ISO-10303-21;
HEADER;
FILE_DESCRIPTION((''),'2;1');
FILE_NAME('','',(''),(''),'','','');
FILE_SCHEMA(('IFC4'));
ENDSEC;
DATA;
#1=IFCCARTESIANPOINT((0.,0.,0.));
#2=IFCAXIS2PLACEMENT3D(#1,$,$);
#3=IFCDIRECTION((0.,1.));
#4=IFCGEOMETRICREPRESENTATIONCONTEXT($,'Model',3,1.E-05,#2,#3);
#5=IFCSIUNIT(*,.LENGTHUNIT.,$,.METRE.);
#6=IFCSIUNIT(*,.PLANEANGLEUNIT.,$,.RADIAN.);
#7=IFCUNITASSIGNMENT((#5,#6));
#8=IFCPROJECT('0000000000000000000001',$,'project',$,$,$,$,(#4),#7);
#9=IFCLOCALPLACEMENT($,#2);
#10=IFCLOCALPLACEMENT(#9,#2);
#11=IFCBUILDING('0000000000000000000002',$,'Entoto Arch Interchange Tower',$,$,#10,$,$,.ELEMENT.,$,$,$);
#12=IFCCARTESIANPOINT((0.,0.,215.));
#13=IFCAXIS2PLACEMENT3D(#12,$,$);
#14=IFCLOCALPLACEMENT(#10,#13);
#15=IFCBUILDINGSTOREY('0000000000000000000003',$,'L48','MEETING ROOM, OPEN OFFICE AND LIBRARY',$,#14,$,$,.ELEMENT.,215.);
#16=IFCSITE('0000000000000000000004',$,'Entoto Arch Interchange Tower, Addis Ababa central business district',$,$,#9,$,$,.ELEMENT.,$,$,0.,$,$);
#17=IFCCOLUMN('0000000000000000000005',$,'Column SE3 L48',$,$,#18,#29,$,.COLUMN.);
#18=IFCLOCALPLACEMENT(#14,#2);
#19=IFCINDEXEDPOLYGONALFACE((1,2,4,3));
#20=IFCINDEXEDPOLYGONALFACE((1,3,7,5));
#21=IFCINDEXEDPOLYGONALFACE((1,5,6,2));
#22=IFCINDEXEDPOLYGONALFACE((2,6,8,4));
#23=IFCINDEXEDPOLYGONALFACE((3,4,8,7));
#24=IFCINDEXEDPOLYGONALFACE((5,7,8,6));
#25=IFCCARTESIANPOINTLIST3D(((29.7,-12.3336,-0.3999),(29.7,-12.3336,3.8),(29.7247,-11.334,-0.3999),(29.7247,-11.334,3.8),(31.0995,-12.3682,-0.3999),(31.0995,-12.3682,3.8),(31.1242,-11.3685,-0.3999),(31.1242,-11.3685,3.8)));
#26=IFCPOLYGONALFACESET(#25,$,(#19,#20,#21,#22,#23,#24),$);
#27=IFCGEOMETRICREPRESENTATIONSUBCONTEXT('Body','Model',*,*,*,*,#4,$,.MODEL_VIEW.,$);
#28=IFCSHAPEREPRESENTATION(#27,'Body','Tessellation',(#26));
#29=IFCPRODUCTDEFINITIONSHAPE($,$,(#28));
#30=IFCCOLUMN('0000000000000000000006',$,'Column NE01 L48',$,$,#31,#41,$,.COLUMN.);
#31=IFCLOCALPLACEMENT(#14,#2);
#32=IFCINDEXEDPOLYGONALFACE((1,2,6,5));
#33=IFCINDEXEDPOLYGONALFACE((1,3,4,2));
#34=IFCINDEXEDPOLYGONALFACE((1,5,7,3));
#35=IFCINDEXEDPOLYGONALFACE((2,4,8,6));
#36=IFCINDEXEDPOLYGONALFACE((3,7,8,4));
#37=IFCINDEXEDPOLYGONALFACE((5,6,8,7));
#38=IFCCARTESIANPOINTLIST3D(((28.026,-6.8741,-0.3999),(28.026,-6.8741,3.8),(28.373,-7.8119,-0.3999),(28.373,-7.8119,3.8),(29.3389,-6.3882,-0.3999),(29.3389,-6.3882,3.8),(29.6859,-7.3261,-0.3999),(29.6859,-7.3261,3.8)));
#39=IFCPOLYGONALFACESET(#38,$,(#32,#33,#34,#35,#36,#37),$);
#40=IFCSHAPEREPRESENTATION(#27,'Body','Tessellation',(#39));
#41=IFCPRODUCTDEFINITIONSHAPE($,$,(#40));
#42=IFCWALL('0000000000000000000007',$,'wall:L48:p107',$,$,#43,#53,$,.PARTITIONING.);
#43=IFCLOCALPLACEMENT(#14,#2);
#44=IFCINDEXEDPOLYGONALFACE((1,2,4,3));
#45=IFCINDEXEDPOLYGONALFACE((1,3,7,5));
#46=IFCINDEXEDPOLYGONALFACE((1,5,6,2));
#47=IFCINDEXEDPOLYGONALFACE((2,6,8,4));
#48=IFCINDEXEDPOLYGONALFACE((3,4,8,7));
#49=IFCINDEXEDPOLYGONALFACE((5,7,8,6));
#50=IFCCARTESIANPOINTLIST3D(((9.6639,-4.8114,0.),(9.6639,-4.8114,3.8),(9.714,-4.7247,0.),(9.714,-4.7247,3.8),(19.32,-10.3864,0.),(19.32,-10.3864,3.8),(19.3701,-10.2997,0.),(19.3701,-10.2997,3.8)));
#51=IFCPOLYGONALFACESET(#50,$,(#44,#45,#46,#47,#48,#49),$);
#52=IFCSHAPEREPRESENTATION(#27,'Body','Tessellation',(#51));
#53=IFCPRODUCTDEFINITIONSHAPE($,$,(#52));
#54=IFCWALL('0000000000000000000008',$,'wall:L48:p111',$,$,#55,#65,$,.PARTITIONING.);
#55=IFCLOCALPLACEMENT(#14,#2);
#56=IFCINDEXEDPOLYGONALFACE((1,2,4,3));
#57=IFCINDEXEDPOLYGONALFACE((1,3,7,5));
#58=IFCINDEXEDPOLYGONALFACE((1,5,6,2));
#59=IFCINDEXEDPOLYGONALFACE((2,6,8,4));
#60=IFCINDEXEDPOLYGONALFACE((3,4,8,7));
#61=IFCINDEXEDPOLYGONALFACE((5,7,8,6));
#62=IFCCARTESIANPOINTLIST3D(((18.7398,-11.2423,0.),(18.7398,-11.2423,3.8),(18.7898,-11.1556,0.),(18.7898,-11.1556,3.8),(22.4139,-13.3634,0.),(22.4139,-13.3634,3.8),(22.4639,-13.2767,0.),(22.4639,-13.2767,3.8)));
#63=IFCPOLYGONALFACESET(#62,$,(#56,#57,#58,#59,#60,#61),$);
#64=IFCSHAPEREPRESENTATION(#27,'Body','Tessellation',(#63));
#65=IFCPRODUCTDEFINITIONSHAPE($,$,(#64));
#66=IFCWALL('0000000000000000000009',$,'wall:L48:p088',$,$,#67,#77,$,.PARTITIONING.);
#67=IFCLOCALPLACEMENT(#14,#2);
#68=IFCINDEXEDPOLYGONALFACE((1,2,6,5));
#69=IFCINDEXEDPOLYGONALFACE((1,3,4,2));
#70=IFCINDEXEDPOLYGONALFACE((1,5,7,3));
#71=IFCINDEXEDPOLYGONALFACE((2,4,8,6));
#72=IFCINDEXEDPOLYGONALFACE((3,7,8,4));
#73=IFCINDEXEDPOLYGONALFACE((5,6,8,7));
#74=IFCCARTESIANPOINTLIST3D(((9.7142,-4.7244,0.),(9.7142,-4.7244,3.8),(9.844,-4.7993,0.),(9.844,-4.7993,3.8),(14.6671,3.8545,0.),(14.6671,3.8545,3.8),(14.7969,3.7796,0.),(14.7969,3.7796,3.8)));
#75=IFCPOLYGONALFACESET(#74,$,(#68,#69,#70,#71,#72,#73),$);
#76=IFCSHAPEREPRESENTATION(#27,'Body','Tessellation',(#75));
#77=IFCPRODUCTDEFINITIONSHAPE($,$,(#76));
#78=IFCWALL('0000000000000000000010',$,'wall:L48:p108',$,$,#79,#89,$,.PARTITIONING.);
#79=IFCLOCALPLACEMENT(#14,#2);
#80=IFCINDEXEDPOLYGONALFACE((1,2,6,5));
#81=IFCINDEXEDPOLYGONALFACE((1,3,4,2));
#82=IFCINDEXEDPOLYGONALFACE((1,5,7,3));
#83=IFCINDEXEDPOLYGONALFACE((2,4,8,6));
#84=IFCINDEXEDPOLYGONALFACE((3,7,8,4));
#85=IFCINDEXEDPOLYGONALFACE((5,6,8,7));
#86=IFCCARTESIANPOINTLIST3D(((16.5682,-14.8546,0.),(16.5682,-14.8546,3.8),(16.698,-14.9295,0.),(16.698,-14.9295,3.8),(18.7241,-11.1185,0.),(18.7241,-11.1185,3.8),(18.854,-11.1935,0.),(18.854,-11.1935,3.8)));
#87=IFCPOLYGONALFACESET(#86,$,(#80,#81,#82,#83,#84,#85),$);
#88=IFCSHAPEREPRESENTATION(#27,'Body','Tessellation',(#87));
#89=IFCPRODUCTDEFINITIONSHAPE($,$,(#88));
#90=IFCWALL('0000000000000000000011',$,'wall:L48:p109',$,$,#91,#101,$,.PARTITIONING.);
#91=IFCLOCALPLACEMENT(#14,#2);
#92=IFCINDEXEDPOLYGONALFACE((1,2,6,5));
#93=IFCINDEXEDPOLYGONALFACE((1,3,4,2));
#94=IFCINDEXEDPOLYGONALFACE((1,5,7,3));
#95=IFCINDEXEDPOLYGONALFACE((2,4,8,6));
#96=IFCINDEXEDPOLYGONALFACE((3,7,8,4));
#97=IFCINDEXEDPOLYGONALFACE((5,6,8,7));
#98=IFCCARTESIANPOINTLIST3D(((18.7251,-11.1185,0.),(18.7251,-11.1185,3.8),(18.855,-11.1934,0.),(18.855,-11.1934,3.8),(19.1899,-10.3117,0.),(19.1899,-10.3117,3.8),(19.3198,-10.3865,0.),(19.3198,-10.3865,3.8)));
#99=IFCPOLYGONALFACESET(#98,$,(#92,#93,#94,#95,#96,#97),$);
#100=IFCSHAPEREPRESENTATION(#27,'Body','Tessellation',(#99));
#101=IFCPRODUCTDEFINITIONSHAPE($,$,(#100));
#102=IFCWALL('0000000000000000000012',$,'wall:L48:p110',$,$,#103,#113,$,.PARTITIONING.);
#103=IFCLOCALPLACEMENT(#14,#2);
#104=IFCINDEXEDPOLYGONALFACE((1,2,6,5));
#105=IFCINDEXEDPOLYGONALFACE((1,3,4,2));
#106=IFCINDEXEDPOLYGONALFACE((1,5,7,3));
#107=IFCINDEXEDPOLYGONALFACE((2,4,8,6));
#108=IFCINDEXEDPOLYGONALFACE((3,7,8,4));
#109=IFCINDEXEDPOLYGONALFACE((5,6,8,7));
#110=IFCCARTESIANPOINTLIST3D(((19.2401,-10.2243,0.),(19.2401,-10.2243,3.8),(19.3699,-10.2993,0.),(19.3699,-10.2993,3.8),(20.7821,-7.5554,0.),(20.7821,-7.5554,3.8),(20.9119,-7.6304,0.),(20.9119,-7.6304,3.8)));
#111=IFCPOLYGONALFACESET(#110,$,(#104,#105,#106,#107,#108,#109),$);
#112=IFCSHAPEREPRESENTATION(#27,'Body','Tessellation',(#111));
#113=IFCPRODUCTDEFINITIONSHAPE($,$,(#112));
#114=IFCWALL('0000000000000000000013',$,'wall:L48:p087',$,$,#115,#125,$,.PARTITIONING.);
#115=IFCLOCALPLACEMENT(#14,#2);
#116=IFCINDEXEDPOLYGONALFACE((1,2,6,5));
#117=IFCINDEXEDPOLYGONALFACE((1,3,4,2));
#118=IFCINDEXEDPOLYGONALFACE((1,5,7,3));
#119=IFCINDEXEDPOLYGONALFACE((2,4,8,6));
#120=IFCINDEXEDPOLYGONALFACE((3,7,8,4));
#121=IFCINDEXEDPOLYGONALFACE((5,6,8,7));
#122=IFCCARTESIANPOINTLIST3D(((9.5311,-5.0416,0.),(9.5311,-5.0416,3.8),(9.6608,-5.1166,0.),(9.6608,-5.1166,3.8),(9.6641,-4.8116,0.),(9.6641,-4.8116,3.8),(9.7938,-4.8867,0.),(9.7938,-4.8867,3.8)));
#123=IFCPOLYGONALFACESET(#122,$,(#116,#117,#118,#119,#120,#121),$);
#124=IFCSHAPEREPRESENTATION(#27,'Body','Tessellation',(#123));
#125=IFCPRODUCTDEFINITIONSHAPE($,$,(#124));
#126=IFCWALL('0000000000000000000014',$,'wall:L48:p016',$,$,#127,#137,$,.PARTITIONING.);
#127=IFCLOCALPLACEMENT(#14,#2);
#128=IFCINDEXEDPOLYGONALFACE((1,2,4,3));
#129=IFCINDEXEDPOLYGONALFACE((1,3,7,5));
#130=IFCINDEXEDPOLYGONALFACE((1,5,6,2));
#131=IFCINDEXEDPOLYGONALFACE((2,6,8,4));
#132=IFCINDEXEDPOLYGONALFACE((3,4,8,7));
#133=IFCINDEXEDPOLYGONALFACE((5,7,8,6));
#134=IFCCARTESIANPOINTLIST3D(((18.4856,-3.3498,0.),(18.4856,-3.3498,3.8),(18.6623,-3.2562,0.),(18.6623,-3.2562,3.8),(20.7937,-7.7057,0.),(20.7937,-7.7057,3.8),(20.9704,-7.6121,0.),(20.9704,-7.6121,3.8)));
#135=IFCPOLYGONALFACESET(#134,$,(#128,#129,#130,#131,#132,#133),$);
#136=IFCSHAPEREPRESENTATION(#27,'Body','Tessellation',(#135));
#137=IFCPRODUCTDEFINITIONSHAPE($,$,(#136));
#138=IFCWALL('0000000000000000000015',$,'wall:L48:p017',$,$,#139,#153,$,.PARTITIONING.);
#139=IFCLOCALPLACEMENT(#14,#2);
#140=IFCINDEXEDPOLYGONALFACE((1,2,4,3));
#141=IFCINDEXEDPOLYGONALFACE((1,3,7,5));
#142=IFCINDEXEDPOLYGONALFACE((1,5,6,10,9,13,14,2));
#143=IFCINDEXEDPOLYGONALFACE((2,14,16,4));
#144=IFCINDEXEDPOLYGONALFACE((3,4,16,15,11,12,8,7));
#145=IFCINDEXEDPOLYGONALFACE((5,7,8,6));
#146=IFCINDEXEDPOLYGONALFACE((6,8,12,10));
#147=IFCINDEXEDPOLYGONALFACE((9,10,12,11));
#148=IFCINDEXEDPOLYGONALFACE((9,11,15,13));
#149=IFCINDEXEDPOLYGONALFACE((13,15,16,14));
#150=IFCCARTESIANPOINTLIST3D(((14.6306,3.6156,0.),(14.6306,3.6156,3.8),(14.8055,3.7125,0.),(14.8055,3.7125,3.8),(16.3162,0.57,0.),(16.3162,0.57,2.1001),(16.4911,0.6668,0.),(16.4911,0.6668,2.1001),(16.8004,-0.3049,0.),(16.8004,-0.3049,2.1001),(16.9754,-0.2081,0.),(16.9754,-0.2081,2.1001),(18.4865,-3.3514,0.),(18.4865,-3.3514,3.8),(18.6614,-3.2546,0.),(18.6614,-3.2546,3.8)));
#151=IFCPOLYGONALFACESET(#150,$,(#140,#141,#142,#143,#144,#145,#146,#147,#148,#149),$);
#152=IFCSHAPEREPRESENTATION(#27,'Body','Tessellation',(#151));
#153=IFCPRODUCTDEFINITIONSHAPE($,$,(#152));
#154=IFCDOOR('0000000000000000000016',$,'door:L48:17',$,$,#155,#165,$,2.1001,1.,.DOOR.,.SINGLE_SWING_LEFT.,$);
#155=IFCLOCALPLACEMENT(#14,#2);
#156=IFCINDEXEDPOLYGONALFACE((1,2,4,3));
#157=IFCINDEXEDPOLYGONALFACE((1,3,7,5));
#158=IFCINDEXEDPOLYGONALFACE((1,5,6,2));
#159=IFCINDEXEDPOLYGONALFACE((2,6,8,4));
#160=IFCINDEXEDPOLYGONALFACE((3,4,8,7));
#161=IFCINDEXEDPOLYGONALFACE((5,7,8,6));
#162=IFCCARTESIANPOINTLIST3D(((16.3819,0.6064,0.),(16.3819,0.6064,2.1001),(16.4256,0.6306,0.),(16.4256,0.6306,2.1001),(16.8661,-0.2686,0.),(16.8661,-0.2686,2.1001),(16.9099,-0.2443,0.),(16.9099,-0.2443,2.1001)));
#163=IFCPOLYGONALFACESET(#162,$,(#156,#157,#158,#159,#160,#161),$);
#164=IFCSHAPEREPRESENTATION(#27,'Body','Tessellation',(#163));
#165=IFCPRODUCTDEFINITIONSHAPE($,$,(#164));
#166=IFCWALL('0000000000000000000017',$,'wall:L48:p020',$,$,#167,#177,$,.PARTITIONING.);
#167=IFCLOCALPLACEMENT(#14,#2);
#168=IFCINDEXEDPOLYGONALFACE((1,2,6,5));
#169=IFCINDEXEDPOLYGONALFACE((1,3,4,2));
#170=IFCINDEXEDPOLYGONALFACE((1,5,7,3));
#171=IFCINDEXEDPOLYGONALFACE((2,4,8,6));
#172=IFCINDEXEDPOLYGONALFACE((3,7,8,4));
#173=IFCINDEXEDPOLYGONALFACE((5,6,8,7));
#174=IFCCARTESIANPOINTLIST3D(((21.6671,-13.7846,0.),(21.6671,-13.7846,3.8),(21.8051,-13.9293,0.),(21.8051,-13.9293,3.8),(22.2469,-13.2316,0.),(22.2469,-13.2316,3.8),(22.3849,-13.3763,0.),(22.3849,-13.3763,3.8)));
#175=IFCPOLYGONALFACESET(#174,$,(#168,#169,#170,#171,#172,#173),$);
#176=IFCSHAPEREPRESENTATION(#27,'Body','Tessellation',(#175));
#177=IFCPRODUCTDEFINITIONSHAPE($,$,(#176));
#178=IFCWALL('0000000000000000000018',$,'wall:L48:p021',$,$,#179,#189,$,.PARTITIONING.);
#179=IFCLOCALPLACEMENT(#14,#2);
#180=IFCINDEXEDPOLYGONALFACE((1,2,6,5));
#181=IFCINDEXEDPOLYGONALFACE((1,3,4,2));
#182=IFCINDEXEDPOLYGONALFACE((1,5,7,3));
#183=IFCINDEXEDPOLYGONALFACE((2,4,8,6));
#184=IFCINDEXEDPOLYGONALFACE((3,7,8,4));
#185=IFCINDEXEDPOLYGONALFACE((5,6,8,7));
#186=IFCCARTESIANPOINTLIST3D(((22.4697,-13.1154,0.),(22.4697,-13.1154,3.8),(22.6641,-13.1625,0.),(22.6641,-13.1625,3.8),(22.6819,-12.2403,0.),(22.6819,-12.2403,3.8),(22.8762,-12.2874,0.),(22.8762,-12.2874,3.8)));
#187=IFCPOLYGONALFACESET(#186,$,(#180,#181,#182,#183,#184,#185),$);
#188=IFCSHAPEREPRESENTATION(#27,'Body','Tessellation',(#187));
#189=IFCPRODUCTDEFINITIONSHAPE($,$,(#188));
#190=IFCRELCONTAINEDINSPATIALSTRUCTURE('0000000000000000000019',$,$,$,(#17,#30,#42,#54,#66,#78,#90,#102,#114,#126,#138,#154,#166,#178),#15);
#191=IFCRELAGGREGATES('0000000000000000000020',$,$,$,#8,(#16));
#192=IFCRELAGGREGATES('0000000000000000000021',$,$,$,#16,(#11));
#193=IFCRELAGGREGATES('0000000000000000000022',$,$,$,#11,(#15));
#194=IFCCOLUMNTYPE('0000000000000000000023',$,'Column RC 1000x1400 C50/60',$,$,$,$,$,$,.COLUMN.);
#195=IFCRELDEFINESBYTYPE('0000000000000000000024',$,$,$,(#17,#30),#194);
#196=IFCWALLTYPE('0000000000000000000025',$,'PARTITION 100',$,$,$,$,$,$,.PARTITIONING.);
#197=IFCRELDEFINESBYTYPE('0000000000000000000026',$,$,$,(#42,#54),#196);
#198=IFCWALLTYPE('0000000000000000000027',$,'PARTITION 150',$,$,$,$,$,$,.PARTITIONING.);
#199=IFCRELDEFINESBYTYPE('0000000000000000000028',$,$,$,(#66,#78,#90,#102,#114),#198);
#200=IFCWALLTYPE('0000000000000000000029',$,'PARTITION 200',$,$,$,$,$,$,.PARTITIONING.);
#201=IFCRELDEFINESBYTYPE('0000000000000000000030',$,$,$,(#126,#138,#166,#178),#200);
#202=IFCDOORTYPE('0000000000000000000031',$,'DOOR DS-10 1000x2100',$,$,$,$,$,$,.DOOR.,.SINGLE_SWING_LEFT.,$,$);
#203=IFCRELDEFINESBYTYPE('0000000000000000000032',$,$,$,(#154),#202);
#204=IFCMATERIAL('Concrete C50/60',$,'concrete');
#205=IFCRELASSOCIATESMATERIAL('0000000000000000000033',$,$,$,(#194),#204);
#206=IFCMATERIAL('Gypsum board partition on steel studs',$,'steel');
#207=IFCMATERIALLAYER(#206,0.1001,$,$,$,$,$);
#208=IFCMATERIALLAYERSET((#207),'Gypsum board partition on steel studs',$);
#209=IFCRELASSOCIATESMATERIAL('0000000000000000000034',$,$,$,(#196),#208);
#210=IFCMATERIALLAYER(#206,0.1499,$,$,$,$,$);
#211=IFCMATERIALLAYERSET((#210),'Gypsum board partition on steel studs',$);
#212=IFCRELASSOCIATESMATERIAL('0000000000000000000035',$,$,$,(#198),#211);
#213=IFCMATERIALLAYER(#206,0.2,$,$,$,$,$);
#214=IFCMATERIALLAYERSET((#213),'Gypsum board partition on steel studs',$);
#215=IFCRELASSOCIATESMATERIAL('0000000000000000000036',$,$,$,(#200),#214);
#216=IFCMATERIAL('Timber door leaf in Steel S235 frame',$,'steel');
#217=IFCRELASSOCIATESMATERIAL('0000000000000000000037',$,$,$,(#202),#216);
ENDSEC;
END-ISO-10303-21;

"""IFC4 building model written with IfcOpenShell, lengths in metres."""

from ifc_helpers import new_model, si_unit, direction, frame, frame_2d, origin, origin_2d, place, context, subcontext, project, spatial, rectangle, extrude, material, layer, layer_set, material_profile, profile_set, type_object, element, fill, save


model = new_model("IFC4")

# Units and contexts
model_context = context("Model", 3, precision=1e-05, world=origin(), true_north=direction((0.0, 1.0)))
body_context = subcontext(model_context, "Body", "Model", "MODEL_VIEW")
ifc_project = project(units=[si_unit("LENGTHUNIT", "METRE"), si_unit("PLANEANGLEUNIT", "RADIAN")], contexts=[model_context])

# Site, building, storey
site_placement = place(None, origin())
site = spatial("IfcSite", under=ifc_project, at=site_placement, Name="Entoto Arch Interchange Tower, Addis Ababa central business district", CompositionType="ELEMENT", RefElevation=0.0)
building_placement = place(site_placement, origin())
building = spatial("IfcBuilding", under=site, at=building_placement, Name="Entoto Arch Interchange Tower", CompositionType="ELEMENT")
storey_placement = place(building_placement, frame((0.0, 0.0, 215.0)))
storey = spatial("IfcBuildingStorey", under=building, at=storey_placement, Name="L48", Description="MEETING ROOM, OPEN OFFICE AND LIBRARY", CompositionType="ELEMENT", Elevation=215.0)

# Columns
ifc_material_1 = material(Name="Concrete C50/60", Category="concrete")
ifc_material_profile = material_profile(ifc_material_1, rectangle(XDim=1.0, YDim=1.3999, at=origin_2d()))
ifc_profile_set = profile_set([ifc_material_profile], Name="Concrete C50/60")
column_type = type_object("IfcColumnType", Name="Column RC 1000x1400 C50/60", PredefinedType="COLUMN", material=ifc_profile_set)
for number, where, z_axis, x_axis, name in (
    (1, (30.4121, -11.8511, -0.3999), (0.0, 0.0, 1.0), (0.024676, 0.999695, 0.0), "Column SE3 L48"),
    (2, (28.856, -7.1001, -0.3999), (0.0, 0.0, 1.0), (-0.347067, 0.93784, 0.0), "Column NE01 L48"),
):
    element("IfcColumn", number, at=place(storey_placement, frame(where, z_axis=z_axis, x_axis=x_axis)), inside=storey, type_object=column_type, Name=name, PredefinedType="COLUMN", context=body_context, shape_type="SweptSolid", body=[
        extrude(rectangle(XDim=1.0, YDim=1.3999, at=origin_2d()), origin(), (0.0, 0.0, 1.0), 4.2),
    ])

# Walls
ifc_material_2 = material(Name="Gypsum board partition on steel studs", Category="steel")
ifc_layer_1 = layer(ifc_material_2, 0.1001)
ifc_layer_set_1 = layer_set([ifc_layer_1], Name="Gypsum board partition on steel studs")
wall_type_1 = type_object("IfcWallType", Name="PARTITION 100", PredefinedType="PARTITIONING", material=ifc_layer_set_1)
wall_1_placement = place(storey_placement, frame((9.689, -4.7681, 0.0), z_axis=(0.0, 0.0, 1.0), x_axis=(0.866023, -0.500004, 0.0)))
element("IfcWall", 3, at=wall_1_placement, inside=storey, type_object=wall_type_1, Name="wall:L48:p107", PredefinedType="PARTITIONING", context=body_context, shape_type="SweptSolid", body=[
    extrude(rectangle(XDim=11.1499, YDim=0.1001, at=frame_2d((5.575, 0.0))), origin(), (0.0, 0.0, 1.0), 3.8),
])
wall_2_placement = place(storey_placement, frame((18.7649, -11.199, 0.0), z_axis=(0.0, 0.0, 1.0), x_axis=(0.866039, -0.499977, 0.0)))
element("IfcWall", 4, at=wall_2_placement, inside=storey, type_object=wall_type_1, Name="wall:L48:p111", PredefinedType="PARTITIONING", context=body_context, shape_type="SweptSolid", body=[
    extrude(rectangle(XDim=4.2424, YDim=0.1001, at=frame_2d((2.1211, 0.0))), origin(), (0.0, 0.0, 1.0), 3.8),
])
ifc_layer_2 = layer(ifc_material_2, 0.1499)
ifc_layer_set_2 = layer_set([ifc_layer_2], Name="Gypsum board partition on steel studs")
wall_type_2 = type_object("IfcWallType", Name="PARTITION 150", PredefinedType="PARTITIONING", material=ifc_layer_set_2)
wall_3_placement = place(storey_placement, frame((9.7791, -4.762, 0.0), z_axis=(0.0, 0.0, 1.0), x_axis=(0.499991, 0.866031, 0.0)))
element("IfcWall", 5, at=wall_3_placement, inside=storey, type_object=wall_type_2, Name="wall:L48:p088", PredefinedType="PARTITIONING", context=body_context, shape_type="SweptSolid", body=[
    extrude(rectangle(XDim=9.906, YDim=0.1499, at=frame_2d((4.9531, 0.0))), origin(), (0.0, 0.0, 1.0), 3.8),
])
wall_4_placement = place(storey_placement, frame((18.7891, -11.156, 0.0), z_axis=(0.0, 0.0, 1.0), x_axis=(-0.499822, -0.866128, 0.0)))
element("IfcWall", 6, at=wall_4_placement, inside=storey, type_object=wall_type_2, Name="wall:L48:p108", PredefinedType="PARTITIONING", context=body_context, shape_type="SweptSolid", body=[
    extrude(rectangle(XDim=4.3135, YDim=0.1499, at=frame_2d((2.1567, 0.0))), origin(), (0.0, 0.0, 1.0), 3.8),
])
wall_5_placement = place(storey_placement, frame((19.2549, -10.3491, 0.0), z_axis=(0.0, 0.0, 1.0), x_axis=(-0.499185, -0.866495, 0.0)))
element("IfcWall", 7, at=wall_5_placement, inside=storey, type_object=wall_type_2, Name="wall:L48:p109", PredefinedType="PARTITIONING", context=body_context, shape_type="SweptSolid", body=[
    extrude(rectangle(XDim=0.9312, YDim=0.1499, at=frame_2d((0.4656, 0.0))), origin(), (0.0, 0.0, 1.0), 3.8),
])
wall_6_placement = place(storey_placement, frame((20.8469, -7.593, 0.0), z_axis=(0.0, 0.0, 1.0), x_axis=(-0.500262, -0.865874, 0.0)))
element("IfcWall", 8, at=wall_6_placement, inside=storey, type_object=wall_type_2, Name="wall:L48:p110", PredefinedType="PARTITIONING", context=body_context, shape_type="SweptSolid", body=[
    extrude(rectangle(XDim=3.0823, YDim=0.1499, at=frame_2d((1.541, 0.0))), origin(), (0.0, 0.0, 1.0), 3.8),
])
wall_7_placement = place(storey_placement, frame((9.5959, -5.0791, 0.0), z_axis=(0.0, 0.0, 1.0), x_axis=(0.500783, 0.865573, 0.0)))
element("IfcWall", 9, at=wall_7_placement, inside=storey, type_object=wall_type_2, Name="wall:L48:p087", PredefinedType="PARTITIONING", context=body_context, shape_type="SweptSolid", body=[
    extrude(rectangle(XDim=0.2656, YDim=0.1499, at=frame_2d((0.1328, 0.0))), origin(), (0.0, 0.0, 1.0), 3.8),
])
ifc_layer_3 = layer(ifc_material_2, 0.2)
ifc_layer_set_3 = layer_set([ifc_layer_3], Name="Gypsum board partition on steel studs")
wall_type_3 = type_object("IfcWallType", Name="PARTITION 200", PredefinedType="PARTITIONING", material=ifc_layer_set_3)
wall_8_placement = place(storey_placement, frame((20.8821, -7.6589, 0.0), z_axis=(0.0, 0.0, 1.0), x_axis=(-0.468206, 0.883619, 0.0)))
element("IfcWall", 10, at=wall_8_placement, inside=storey, type_object=wall_type_3, Name="wall:L48:p016", PredefinedType="PARTITIONING", context=body_context, shape_type="SweptSolid", body=[
    extrude(rectangle(XDim=4.9297, YDim=0.2, at=frame_2d((2.4648, 0.0))), origin(), (0.0, 0.0, 1.0), 3.8),
])

# Wall, opening, door
wall_9_placement = place(storey_placement, frame((18.574, -3.303, 0.0), z_axis=(0.0, 0.0, 1.0), x_axis=(-0.484239, 0.874936, 0.0)))
wall_9 = element("IfcWall", 11, at=wall_9_placement, inside=storey, type_object=wall_type_3, Name="wall:L48:p017", PredefinedType="PARTITIONING", context=body_context, shape_type="SweptSolid", body=[
    extrude(rectangle(XDim=7.9629, YDim=0.2, at=frame_2d((3.9814, 0.0))), origin(), (0.0, 0.0, 1.0), 3.8),
])
opening_1_placement = place(wall_9_placement, frame((3.4819, 0.0, 0.0)))
opening_1 = element("IfcOpeningElement", 12, at=opening_1_placement, cuts=wall_9, PredefinedType="OPENING", context=body_context, shape_type="SweptSolid", body=[
    extrude(rectangle(XDim=1.0, YDim=2.1001, at=frame_2d((0.5, 1.05))), frame((0.0, 0.1099, 0.0), z_axis=(0.0, -1.0, 0.0), x_axis=(1.0, 0.0, 0.0)), (0.0, 0.0, 1.0), 0.22),
])
ifc_material_3 = material(Name="Timber door leaf in Steel S235 frame", Category="steel")
door_type = type_object("IfcDoorType", Name="DOOR DS-10 1000x2100", OperationType="SINGLE_SWING_LEFT", PredefinedType="DOOR", material=ifc_material_3)
door_1_placement = place(opening_1_placement, origin())
door_1 = element("IfcDoor", 13, at=door_1_placement, inside=storey, type_object=door_type, Name="door:L48:17", OperationType="SINGLE_SWING_LEFT", OverallHeight=2.1001, OverallWidth=1.0, PredefinedType="DOOR", context=body_context, shape_type="SweptSolid", body=[
    extrude(rectangle(XDim=1.0, YDim=2.1001, at=frame_2d((0.5, 1.05))), frame((0.0, 0.0249, 0.0), z_axis=(0.0, -1.0, 0.0), x_axis=(1.0, 0.0, 0.0)), (0.0, 0.0, 1.0), 0.05),
])
fill(opening_1, door_1)

# Walls
wall_10_placement = place(storey_placement, frame((21.7361, -13.8569, 0.0), z_axis=(0.0, 0.0, 1.0), x_axis=(0.723667, 0.69015, 0.0)))
element("IfcWall", 14, at=wall_10_placement, inside=storey, type_object=wall_type_3, Name="wall:L48:p020", PredefinedType="PARTITIONING", context=body_context, shape_type="SweptSolid", body=[
    extrude(rectangle(XDim=0.8013, YDim=0.2, at=frame_2d((0.4006, 0.0))), origin(), (0.0, 0.0, 1.0), 3.8),
])
wall_11_placement = place(storey_placement, frame((22.5669, -13.1389, 0.0), z_axis=(0.0, 0.0, 1.0), x_axis=(0.235639, 0.971841, 0.0)))
element("IfcWall", 15, at=wall_11_placement, inside=storey, type_object=wall_type_3, Name="wall:L48:p021", PredefinedType="PARTITIONING", context=body_context, shape_type="SweptSolid", body=[
    extrude(rectangle(XDim=0.9004, YDim=0.2, at=frame_2d((0.4502, 0.0))), origin(), (0.0, 0.0, 1.0), 3.8),
])

save(model, "model.ifc")
